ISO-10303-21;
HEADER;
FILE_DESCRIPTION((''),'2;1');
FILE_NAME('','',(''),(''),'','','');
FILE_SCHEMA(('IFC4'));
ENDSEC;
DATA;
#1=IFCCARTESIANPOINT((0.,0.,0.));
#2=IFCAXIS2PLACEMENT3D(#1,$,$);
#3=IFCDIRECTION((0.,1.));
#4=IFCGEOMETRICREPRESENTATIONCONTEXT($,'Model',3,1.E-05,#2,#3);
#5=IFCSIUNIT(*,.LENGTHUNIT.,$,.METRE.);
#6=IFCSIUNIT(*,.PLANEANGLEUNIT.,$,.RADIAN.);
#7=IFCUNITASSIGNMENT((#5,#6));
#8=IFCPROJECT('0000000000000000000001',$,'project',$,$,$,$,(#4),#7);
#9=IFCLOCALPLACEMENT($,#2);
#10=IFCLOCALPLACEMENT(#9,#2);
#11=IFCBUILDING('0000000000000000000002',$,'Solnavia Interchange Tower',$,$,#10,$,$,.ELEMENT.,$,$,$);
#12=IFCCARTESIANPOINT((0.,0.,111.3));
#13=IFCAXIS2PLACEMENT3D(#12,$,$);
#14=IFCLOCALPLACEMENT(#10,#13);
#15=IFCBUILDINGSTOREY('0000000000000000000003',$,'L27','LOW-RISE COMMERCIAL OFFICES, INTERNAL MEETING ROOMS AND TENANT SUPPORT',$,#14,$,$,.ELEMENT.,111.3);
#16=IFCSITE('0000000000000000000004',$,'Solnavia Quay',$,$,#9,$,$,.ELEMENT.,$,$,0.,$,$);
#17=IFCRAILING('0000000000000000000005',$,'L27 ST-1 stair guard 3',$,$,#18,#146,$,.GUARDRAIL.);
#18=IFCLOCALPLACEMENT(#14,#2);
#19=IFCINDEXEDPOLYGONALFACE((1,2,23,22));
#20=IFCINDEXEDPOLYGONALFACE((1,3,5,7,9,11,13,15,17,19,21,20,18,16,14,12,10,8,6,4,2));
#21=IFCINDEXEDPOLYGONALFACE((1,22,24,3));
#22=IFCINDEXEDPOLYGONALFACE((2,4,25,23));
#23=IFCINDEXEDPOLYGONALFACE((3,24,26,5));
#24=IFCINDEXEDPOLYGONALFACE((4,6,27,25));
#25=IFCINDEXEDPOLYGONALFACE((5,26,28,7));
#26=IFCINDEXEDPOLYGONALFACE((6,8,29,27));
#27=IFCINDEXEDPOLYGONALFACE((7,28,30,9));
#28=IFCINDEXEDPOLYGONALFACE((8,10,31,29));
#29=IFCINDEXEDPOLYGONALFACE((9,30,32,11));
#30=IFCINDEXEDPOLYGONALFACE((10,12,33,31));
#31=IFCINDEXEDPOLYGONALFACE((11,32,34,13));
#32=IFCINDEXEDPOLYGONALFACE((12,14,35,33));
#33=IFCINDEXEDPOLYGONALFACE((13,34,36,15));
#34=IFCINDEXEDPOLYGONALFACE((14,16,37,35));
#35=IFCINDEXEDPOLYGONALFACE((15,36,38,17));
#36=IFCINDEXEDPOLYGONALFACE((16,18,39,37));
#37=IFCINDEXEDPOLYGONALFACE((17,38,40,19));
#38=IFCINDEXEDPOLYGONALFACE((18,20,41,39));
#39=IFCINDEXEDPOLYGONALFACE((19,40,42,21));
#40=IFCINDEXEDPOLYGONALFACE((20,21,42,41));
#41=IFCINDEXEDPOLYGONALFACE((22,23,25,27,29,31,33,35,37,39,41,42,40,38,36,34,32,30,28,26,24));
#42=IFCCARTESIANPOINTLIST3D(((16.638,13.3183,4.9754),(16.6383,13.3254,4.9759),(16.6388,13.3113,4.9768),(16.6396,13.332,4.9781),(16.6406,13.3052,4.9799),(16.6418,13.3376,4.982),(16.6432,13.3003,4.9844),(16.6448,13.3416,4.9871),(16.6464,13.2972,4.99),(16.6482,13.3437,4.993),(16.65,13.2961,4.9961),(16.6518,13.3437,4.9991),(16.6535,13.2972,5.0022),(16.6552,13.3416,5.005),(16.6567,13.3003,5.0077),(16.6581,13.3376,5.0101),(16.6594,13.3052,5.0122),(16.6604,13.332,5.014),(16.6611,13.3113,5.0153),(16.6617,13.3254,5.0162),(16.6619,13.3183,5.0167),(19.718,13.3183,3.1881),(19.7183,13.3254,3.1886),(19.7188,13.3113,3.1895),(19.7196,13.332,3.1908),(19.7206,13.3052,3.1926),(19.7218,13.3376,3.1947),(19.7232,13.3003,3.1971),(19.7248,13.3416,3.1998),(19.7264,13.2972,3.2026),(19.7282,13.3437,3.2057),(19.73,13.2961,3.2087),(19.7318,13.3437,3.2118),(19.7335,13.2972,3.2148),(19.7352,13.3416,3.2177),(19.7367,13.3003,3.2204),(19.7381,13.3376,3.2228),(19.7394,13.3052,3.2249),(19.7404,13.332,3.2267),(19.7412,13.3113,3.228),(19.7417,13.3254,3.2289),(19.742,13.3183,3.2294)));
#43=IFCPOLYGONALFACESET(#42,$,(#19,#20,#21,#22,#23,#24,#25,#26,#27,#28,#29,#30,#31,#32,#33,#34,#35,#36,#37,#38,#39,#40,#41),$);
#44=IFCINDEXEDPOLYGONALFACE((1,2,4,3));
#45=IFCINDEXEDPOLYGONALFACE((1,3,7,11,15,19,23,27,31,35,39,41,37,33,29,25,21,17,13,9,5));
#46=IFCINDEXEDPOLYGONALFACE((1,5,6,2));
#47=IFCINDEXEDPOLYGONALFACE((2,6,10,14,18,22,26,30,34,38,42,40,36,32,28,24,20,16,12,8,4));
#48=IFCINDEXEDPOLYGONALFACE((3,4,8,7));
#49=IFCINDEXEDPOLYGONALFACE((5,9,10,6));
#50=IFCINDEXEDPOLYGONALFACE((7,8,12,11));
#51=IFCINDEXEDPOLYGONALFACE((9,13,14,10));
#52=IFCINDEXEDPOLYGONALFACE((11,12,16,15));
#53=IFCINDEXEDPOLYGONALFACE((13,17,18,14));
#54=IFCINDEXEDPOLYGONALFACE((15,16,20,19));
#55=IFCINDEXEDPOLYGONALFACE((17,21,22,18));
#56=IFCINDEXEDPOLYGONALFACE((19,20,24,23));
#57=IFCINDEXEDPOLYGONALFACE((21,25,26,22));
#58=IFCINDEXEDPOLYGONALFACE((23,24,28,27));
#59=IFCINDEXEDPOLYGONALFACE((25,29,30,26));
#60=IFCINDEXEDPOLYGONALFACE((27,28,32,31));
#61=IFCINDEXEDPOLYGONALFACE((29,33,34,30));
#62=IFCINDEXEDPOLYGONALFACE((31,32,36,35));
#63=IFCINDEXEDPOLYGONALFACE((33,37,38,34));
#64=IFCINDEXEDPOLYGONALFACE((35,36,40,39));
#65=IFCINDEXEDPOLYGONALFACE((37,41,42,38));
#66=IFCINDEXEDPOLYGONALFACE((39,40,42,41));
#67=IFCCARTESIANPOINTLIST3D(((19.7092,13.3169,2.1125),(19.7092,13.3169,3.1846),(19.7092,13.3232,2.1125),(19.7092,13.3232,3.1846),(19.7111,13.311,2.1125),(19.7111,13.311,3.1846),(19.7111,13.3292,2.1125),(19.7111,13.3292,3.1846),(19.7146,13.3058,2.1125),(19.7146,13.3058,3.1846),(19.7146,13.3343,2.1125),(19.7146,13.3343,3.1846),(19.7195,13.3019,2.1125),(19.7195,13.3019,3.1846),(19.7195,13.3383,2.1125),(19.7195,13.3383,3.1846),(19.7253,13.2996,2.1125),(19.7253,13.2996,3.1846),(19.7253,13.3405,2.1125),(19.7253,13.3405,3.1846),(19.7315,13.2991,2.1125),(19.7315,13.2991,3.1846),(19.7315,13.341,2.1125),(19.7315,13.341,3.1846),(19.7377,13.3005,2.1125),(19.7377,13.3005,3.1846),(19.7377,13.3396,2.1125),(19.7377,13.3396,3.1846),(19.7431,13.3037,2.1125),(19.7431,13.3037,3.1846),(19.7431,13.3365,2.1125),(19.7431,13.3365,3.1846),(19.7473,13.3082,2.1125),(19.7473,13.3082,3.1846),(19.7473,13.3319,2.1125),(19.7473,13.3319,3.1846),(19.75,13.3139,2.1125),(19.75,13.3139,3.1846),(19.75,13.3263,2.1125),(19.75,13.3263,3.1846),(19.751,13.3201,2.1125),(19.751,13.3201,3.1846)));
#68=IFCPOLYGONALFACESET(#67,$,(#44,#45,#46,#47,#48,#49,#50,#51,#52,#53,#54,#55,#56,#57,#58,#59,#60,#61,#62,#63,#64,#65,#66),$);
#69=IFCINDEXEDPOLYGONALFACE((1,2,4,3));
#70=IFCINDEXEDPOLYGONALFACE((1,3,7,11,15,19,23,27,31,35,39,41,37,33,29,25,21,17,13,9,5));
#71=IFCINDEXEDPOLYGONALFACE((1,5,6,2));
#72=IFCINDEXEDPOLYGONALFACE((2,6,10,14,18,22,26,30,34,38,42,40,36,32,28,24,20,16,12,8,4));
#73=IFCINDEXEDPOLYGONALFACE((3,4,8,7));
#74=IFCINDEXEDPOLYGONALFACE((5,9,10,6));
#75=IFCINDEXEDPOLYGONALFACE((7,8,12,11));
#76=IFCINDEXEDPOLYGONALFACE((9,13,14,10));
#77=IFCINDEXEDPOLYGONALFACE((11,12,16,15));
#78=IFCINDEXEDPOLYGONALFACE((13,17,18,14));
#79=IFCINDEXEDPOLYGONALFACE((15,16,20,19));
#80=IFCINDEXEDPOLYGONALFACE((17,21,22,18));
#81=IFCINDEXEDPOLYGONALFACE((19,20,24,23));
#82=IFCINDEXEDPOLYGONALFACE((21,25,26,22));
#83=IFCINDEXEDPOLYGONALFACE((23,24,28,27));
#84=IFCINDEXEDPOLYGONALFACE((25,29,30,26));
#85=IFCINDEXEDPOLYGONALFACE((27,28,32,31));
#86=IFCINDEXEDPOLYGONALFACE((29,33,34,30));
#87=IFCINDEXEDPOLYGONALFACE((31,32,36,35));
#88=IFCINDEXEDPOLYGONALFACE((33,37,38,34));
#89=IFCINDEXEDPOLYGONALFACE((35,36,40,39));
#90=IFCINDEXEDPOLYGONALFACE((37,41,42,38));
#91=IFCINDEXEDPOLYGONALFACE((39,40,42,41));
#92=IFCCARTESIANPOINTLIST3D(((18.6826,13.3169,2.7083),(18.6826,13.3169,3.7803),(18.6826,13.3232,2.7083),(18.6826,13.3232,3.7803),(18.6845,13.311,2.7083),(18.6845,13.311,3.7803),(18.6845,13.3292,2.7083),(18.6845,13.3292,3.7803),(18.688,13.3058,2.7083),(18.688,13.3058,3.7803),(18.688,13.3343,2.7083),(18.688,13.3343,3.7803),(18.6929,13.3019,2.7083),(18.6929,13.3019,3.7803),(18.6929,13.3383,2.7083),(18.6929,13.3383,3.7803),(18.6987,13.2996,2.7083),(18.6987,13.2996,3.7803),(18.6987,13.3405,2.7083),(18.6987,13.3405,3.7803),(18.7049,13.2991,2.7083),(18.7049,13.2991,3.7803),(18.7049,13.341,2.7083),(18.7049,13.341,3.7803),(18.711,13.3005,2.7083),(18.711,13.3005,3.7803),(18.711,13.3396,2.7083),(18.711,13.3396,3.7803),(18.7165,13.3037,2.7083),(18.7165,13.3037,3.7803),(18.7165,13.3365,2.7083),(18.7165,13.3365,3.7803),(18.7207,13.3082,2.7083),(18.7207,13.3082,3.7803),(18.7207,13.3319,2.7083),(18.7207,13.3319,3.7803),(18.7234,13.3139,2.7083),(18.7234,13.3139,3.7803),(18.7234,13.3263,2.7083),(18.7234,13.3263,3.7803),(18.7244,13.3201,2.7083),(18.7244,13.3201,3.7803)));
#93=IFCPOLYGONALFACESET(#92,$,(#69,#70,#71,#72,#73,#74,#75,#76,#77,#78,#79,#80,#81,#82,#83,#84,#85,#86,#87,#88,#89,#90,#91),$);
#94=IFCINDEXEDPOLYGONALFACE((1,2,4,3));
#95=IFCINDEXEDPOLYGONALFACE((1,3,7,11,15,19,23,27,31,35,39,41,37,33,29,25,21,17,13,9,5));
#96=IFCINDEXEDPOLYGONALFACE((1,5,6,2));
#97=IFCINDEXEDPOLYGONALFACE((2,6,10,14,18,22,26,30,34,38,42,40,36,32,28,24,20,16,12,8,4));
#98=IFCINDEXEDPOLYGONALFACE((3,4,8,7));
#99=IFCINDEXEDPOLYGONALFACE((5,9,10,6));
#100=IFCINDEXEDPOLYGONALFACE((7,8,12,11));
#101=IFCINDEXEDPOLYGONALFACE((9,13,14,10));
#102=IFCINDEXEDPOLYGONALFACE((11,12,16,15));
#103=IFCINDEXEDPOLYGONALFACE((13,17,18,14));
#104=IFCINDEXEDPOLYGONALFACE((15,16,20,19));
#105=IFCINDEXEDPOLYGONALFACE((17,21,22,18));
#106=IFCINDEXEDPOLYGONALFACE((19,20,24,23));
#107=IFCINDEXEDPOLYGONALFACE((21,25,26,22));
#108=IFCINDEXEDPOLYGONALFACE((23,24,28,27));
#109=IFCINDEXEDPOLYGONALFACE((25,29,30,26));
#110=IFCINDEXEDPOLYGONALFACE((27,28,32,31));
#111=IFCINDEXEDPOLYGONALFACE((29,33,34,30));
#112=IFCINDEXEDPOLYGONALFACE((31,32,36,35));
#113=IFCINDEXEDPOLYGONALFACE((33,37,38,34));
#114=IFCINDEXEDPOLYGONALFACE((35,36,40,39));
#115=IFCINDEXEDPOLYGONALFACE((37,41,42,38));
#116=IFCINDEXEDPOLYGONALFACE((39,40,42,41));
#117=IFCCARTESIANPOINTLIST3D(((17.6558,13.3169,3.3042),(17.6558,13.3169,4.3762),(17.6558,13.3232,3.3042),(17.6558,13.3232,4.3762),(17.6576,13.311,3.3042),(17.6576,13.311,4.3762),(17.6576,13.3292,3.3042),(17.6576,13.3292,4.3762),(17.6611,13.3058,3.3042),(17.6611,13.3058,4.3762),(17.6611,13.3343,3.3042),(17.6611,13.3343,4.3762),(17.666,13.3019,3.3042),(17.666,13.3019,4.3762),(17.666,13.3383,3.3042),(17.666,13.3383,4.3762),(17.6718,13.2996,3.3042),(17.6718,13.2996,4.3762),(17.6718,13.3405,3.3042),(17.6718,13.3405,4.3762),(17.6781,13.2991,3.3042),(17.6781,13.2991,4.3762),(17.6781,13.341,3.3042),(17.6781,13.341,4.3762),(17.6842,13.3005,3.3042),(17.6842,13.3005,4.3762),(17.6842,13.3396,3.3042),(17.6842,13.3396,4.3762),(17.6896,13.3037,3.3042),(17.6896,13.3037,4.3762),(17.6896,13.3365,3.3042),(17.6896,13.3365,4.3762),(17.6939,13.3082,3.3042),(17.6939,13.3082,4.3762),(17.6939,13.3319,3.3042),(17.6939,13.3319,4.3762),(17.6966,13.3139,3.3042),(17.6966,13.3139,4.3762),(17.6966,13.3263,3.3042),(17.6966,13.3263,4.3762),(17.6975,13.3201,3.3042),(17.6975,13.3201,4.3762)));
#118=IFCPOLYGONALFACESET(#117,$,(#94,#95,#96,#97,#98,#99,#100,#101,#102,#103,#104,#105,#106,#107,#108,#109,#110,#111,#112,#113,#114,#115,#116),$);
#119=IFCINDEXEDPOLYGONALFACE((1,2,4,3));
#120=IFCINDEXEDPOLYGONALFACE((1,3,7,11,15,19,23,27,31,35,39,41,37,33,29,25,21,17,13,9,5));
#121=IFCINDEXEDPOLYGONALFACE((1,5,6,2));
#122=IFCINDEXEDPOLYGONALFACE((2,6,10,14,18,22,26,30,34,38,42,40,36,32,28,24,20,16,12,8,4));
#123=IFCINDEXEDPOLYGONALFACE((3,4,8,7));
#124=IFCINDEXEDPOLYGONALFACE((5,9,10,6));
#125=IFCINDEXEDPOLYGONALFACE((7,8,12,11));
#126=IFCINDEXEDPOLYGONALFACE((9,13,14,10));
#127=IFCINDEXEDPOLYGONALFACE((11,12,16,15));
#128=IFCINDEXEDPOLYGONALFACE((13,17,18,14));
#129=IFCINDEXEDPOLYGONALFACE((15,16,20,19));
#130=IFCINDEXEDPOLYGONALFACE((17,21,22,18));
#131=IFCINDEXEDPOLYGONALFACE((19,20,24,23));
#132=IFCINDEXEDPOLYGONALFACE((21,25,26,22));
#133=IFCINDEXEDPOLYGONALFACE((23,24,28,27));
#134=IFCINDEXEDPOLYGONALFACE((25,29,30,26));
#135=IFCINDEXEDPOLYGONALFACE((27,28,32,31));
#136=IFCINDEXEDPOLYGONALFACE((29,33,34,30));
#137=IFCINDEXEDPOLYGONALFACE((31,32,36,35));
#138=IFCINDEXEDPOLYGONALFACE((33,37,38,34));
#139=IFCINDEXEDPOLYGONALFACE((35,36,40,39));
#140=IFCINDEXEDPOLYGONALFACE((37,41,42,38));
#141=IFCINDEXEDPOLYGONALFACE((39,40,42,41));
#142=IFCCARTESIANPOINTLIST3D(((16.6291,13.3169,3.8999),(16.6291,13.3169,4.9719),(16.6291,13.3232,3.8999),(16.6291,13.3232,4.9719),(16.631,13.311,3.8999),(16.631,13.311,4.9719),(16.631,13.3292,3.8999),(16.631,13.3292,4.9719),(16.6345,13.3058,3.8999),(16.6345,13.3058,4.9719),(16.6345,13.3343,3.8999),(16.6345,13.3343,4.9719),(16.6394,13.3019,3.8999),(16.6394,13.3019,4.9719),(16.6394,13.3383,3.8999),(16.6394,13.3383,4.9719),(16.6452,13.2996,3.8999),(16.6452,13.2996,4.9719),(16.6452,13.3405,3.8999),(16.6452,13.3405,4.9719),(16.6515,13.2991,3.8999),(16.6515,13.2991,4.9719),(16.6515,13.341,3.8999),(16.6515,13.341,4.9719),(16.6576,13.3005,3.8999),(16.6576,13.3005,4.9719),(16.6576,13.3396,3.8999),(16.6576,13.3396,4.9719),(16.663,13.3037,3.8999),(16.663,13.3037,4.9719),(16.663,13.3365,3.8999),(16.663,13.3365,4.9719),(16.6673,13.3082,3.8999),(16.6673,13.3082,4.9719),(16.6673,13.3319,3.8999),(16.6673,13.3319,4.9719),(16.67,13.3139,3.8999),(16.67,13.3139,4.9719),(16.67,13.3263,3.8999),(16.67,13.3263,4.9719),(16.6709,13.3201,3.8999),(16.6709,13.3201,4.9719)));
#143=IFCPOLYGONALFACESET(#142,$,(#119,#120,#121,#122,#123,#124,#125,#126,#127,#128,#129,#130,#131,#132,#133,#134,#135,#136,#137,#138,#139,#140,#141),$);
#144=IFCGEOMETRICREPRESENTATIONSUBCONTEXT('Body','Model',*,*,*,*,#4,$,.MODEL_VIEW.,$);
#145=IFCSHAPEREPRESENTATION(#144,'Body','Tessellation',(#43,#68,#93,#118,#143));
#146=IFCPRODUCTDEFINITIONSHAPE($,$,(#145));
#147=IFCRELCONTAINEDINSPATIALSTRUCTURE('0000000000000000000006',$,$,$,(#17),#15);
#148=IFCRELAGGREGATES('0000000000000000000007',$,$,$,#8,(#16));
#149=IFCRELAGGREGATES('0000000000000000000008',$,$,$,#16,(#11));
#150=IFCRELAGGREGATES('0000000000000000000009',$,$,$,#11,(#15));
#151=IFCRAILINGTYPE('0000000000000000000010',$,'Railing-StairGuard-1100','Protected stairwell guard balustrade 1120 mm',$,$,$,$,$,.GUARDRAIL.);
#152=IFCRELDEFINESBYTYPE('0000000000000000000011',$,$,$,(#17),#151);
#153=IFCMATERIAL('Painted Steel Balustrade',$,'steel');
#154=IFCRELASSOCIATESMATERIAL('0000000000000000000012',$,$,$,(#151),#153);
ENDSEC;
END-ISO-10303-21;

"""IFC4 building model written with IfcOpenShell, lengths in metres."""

from ifc_helpers import new_model, si_unit, direction, frame, origin, origin_2d, place, context, subcontext, project, spatial, circle, extrude, material, type_object, element, save


model = new_model("IFC4")

# Units and contexts
model_context = context("Model", 3, precision=1e-05, world=origin(), true_north=direction((0.0, 1.0)))
body_context = subcontext(model_context, "Body", "Model", "MODEL_VIEW")
ifc_project = project(units=[si_unit("LENGTHUNIT", "METRE"), si_unit("PLANEANGLEUNIT", "RADIAN")], contexts=[model_context])

# Site, building, storey
site_placement = place(None, origin())
site = spatial("IfcSite", under=ifc_project, at=site_placement, Name="Solnavia Quay", CompositionType="ELEMENT", RefElevation=0.0)
building_placement = place(site_placement, origin())
building = spatial("IfcBuilding", under=site, at=building_placement, Name="Solnavia Interchange Tower", CompositionType="ELEMENT")
storey_placement = place(building_placement, frame((0.0, 0.0, 111.3)))
storey = spatial("IfcBuildingStorey", under=building, at=storey_placement, Name="L27", Description="LOW-RISE COMMERCIAL OFFICES, INTERNAL MEETING ROOMS AND TENANT SUPPORT", CompositionType="ELEMENT", Elevation=111.3)

# Railing
ifc_material_1 = material(Name="Painted Steel Balustrade", Category="steel")
railing_type_1 = type_object("IfcRailingType", Name="Railing-StairGuard-1100", Description="Protected stairwell guard balustrade 1120 mm", PredefinedType="GUARDRAIL", material=ifc_material_1)
railing_1_placement = place(storey_placement, frame((19.73, 13.3201, 2.1125)))
element("IfcRailing", 1, at=railing_1_placement, inside=storey, type_object=railing_type_1, Name="L27 ST-1 stair guard 3", PredefinedType="GUARDRAIL", context=body_context, shape_type="SweptSolid", body=[
    extrude(circle(Radius=0.0239, at=origin_2d()), frame((0.0, 0.0, 1.0962), z_axis=(-0.86492, 0.0, 0.501909), x_axis=(0.0, -1.0, 0.0)), (0.0, 0.0, 1.0), 3.561),
    extrude(circle(Radius=0.021, at=origin_2d()), origin(), (0.0, 0.0, 1.0), 1.072),
    extrude(circle(Radius=0.021, at=origin_2d()), frame((-1.0266, 0.0, 0.5957)), (0.0, 0.0, 1.0), 1.072),
    extrude(circle(Radius=0.021, at=origin_2d()), frame((-2.0535, 0.0, 1.1917)), (0.0, 0.0, 1.0), 1.072),
    extrude(circle(Radius=0.021, at=origin_2d()), frame((-3.0801, 0.0, 1.7874)), (0.0, 0.0, 1.0), 1.072),
])

save(model, "model.ifc")
